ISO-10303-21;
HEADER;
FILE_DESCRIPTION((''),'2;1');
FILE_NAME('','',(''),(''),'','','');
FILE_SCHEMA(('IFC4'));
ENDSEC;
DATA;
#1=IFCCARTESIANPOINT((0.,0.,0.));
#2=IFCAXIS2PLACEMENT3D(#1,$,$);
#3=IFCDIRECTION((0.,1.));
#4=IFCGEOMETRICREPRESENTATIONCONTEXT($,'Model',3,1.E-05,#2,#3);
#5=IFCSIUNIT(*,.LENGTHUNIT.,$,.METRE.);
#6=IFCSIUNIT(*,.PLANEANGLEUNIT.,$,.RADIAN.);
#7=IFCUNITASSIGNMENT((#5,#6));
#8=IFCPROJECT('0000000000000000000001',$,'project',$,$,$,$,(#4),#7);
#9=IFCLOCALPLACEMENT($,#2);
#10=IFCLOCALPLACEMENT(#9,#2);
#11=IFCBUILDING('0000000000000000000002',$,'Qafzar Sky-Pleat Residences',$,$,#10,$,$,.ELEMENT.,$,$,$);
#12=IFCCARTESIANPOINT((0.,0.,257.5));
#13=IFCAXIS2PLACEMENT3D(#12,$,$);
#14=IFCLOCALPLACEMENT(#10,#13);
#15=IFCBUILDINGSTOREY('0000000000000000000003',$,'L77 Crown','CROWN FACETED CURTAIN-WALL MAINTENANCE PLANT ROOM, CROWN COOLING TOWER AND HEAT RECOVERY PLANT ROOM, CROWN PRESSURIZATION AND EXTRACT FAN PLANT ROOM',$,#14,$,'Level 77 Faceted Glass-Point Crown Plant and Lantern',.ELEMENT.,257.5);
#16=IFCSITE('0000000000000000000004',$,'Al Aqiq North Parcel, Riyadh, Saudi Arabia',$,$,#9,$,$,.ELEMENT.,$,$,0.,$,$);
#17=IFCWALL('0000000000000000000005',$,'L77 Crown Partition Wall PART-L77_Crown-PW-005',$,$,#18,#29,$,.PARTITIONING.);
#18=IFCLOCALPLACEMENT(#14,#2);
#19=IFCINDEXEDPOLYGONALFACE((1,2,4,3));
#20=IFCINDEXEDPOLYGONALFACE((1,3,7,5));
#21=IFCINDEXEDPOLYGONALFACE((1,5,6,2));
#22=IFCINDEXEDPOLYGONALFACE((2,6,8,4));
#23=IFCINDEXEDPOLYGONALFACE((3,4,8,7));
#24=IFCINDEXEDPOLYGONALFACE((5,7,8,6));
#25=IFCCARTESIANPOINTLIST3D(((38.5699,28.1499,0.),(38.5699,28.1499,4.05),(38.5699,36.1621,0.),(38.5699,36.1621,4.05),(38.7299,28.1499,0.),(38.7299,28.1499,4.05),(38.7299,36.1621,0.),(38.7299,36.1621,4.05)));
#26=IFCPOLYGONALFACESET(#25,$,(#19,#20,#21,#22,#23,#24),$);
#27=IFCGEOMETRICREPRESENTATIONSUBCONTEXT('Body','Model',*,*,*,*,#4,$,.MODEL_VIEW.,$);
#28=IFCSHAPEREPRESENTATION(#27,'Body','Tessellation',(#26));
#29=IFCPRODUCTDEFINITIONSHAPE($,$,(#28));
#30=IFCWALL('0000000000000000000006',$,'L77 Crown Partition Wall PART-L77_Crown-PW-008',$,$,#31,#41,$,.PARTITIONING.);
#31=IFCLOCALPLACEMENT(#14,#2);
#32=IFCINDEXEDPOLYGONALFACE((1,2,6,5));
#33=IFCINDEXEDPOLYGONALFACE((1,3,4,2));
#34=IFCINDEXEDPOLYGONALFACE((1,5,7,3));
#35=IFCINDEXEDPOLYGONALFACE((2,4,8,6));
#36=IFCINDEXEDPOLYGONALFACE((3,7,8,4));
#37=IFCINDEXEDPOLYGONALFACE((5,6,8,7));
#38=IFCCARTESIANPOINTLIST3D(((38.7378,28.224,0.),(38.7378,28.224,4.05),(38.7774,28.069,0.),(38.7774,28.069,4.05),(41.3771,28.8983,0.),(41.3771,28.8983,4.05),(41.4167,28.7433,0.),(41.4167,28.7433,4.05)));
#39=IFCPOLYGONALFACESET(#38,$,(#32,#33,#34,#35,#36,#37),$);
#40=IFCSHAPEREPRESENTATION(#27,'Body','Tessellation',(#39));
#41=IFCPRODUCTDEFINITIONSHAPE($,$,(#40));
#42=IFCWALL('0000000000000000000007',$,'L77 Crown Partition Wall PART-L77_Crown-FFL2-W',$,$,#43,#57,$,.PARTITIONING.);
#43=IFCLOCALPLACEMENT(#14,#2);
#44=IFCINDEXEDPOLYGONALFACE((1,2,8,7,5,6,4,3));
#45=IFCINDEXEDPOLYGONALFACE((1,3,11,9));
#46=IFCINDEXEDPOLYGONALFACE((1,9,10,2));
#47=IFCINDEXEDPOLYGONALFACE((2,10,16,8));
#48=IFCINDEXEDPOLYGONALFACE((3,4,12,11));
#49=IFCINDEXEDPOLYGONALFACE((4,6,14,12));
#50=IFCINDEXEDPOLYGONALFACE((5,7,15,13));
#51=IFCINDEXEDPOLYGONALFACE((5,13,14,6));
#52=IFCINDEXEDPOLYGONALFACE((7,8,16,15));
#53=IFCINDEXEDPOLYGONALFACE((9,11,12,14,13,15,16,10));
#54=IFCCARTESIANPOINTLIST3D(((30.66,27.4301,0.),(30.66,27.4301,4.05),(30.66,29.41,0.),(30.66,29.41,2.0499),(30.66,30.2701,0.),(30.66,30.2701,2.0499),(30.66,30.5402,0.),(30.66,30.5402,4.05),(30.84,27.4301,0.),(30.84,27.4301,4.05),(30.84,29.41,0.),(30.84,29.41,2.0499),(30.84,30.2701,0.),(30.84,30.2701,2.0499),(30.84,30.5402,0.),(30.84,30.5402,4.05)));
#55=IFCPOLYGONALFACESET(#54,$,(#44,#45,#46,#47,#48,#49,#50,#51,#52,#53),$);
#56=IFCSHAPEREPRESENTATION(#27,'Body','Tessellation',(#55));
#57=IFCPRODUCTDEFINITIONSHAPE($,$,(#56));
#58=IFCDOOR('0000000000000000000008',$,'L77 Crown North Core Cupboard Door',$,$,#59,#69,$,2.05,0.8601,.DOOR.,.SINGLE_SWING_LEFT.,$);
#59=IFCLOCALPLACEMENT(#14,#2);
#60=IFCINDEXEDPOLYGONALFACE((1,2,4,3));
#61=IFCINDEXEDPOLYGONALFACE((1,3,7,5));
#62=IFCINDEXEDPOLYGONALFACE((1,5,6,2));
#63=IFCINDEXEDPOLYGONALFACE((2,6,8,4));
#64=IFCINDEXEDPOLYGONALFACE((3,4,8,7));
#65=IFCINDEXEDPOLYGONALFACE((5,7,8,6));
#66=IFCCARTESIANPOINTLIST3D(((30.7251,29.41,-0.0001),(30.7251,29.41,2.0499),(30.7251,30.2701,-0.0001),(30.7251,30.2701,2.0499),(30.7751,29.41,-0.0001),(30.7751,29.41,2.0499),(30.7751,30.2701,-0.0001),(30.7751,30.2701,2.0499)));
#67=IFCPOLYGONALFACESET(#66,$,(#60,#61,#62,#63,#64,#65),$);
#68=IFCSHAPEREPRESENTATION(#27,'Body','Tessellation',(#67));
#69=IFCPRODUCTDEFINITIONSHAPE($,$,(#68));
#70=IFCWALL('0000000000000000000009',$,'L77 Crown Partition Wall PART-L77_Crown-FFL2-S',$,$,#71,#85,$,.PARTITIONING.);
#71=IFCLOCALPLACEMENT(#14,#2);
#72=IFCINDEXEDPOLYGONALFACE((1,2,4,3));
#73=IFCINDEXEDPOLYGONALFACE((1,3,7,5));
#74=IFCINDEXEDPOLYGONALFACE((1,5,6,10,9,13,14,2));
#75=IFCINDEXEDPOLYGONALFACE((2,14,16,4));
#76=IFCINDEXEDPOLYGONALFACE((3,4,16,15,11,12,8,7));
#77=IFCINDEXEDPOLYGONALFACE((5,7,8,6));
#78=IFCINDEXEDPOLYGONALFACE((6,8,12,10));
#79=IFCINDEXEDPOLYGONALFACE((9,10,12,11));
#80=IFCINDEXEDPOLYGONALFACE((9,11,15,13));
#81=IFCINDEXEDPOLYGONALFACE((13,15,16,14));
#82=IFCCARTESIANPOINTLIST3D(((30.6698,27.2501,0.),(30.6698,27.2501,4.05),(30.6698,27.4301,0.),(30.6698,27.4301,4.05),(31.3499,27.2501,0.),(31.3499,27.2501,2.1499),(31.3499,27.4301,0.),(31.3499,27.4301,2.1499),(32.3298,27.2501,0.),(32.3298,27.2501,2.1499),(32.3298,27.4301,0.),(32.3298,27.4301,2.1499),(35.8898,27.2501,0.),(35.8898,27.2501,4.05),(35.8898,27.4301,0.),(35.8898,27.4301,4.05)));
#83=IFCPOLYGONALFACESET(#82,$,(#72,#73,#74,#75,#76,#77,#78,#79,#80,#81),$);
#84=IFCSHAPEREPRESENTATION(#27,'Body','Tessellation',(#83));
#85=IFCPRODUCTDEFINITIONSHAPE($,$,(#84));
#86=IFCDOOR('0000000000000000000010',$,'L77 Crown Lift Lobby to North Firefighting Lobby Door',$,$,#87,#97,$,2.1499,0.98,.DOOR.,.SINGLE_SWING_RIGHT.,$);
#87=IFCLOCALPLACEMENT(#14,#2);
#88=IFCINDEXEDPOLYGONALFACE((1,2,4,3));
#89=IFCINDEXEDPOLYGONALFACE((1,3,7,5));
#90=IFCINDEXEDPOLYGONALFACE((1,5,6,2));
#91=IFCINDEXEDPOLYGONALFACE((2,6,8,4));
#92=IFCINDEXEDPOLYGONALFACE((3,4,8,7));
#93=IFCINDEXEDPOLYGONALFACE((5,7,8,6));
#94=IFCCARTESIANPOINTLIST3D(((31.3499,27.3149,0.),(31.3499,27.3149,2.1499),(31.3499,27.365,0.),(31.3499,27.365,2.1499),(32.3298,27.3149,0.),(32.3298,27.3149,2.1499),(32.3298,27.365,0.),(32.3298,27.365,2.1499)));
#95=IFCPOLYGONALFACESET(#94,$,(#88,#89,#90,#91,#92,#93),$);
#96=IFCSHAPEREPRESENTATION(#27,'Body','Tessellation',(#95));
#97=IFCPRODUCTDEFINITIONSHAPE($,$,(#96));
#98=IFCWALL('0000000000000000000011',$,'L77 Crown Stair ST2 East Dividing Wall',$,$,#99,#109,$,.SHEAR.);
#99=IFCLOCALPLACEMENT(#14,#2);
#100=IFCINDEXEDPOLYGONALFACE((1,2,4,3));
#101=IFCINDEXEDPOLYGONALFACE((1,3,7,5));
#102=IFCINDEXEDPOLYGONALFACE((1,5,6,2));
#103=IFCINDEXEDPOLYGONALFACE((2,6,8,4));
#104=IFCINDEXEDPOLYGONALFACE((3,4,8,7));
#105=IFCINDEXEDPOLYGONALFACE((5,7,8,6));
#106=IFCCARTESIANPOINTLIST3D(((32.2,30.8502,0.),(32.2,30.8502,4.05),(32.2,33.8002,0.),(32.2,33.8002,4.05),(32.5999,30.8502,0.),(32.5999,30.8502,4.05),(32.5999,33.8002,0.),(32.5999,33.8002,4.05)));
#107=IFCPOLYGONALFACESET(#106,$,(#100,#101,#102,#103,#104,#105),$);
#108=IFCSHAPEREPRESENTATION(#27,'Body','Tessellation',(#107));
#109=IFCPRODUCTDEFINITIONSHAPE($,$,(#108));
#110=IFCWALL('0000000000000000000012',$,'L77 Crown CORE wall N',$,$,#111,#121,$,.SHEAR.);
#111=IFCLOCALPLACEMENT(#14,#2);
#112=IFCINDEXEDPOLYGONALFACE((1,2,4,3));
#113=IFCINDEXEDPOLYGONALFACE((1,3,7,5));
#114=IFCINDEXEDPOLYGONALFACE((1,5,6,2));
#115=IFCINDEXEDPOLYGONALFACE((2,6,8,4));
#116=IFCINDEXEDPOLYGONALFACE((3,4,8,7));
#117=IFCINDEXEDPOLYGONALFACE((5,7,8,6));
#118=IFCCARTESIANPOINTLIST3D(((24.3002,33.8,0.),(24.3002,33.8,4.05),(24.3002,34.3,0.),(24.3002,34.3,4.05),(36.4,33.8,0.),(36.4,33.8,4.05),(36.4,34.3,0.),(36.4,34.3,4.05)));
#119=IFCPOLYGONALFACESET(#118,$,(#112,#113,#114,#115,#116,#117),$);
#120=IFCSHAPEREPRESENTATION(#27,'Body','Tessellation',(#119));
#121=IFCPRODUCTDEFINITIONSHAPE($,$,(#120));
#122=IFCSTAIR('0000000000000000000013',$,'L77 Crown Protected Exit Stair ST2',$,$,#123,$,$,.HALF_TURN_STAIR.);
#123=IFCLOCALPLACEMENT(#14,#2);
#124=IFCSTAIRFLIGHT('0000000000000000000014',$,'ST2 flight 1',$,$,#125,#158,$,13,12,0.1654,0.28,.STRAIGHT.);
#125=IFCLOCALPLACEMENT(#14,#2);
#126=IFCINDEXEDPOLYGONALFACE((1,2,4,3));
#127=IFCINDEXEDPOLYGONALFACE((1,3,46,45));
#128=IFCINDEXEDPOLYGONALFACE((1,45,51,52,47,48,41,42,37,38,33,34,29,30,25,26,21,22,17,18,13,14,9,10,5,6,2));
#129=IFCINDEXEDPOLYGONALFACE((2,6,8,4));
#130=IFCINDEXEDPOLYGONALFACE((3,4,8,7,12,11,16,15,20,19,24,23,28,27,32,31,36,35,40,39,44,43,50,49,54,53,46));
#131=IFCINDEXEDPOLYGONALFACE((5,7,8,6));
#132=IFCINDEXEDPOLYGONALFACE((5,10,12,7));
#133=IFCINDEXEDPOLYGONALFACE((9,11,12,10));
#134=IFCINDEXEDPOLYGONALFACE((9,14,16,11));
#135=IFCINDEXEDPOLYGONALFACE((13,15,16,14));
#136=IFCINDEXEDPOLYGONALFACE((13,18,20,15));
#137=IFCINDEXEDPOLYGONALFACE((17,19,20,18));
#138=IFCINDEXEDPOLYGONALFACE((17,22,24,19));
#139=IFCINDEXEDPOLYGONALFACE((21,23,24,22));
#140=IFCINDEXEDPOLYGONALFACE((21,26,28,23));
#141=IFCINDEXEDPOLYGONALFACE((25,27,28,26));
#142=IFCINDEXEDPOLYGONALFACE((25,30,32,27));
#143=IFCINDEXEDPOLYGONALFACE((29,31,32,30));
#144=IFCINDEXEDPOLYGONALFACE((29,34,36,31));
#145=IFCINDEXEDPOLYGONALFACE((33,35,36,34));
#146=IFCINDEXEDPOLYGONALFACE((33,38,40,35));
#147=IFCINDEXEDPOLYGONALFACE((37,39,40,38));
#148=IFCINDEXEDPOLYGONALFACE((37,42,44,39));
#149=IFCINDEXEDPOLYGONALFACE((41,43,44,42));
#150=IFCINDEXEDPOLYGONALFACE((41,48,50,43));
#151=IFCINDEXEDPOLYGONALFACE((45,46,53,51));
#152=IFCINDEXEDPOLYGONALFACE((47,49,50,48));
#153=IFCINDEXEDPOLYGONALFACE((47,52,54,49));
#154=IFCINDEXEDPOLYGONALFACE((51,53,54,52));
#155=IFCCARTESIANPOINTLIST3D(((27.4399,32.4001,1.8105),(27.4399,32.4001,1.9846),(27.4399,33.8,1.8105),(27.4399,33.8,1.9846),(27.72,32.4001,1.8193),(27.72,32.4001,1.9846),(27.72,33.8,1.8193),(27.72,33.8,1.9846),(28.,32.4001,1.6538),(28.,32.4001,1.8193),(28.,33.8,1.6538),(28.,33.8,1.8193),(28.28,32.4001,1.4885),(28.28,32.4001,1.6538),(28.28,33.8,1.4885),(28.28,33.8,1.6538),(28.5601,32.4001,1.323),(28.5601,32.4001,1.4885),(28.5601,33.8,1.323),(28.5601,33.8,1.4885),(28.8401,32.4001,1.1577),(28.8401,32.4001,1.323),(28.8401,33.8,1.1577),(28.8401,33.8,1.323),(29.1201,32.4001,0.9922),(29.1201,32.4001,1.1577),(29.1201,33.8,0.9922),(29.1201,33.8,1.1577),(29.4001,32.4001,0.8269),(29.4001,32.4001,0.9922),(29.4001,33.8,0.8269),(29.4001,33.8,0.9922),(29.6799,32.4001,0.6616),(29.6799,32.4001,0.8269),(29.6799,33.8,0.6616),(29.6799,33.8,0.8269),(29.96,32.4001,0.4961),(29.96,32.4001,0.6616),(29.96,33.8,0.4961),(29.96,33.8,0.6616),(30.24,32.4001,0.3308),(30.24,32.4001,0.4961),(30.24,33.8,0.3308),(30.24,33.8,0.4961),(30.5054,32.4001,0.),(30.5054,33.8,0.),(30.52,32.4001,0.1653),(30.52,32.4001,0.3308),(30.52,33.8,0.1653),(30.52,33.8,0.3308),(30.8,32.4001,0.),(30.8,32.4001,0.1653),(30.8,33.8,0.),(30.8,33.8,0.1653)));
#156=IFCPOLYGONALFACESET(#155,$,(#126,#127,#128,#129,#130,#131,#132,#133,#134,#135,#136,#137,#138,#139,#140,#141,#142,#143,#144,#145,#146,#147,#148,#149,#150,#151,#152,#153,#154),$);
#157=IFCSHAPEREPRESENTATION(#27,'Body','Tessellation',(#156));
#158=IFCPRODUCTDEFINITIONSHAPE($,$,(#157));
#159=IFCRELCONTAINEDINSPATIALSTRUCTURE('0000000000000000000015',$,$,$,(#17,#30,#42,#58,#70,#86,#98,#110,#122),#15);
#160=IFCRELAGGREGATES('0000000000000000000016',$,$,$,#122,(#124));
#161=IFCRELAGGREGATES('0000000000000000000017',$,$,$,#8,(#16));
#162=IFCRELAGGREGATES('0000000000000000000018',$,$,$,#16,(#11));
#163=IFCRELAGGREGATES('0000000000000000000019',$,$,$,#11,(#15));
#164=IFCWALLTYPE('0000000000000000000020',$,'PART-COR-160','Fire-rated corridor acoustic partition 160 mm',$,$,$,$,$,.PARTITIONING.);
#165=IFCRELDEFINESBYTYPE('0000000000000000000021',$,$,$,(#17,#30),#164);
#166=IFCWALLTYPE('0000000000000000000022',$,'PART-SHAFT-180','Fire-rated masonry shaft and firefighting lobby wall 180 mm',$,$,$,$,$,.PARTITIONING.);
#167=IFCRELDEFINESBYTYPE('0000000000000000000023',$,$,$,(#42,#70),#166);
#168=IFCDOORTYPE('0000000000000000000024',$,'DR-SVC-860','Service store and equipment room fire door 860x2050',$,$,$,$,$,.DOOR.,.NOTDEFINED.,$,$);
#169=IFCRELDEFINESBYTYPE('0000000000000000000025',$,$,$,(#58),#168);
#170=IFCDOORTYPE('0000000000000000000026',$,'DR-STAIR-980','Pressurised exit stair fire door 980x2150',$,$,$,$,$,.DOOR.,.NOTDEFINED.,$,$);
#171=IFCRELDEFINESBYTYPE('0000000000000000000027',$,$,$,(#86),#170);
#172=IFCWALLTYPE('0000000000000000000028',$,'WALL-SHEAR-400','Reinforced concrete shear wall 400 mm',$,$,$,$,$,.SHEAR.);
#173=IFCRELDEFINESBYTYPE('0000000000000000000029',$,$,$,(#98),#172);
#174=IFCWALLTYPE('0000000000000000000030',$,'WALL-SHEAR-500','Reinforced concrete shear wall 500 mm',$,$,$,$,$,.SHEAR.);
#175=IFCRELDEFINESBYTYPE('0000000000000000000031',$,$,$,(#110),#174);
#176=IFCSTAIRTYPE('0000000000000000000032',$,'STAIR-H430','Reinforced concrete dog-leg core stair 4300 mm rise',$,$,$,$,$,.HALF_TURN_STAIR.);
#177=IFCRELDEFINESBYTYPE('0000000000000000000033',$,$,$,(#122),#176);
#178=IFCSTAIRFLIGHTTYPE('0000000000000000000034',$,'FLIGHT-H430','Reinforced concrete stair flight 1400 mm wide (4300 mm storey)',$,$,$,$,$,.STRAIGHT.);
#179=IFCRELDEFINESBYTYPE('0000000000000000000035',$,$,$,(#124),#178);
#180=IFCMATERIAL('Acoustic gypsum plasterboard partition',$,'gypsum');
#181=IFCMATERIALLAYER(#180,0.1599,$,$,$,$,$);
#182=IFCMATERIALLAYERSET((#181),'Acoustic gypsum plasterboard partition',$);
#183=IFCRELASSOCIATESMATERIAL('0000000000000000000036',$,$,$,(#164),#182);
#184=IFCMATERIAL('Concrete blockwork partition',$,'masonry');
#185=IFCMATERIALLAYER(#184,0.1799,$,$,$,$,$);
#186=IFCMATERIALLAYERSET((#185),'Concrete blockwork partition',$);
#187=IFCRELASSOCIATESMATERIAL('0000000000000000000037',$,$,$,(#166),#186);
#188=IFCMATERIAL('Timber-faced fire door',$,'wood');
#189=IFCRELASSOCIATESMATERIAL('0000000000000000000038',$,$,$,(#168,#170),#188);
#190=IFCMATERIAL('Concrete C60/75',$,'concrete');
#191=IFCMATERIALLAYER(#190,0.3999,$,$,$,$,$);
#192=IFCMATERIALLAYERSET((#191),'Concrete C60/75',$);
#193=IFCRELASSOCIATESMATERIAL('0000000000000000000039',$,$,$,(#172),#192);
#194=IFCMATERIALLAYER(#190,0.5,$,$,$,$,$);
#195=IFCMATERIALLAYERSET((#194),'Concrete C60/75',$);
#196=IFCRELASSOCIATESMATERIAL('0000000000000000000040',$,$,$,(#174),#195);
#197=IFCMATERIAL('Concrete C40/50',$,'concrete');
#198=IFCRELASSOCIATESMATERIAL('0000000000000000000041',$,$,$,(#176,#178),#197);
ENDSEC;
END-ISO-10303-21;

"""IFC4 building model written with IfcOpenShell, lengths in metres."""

from ifc_helpers import new_model, si_unit, direction, frame, frame_2d, origin, place, context, subcontext, project, spatial, polyline, rectangle, outline, extrude, source, transform, mapped, material, layer, layer_set, type_object, element, fill, aggregate, save


model = new_model("IFC4")

# Units and contexts
model_context = context("Model", 3, precision=1e-05, world=origin(), true_north=direction((0.0, 1.0)))
body_context = subcontext(model_context, "Body", "Model", "MODEL_VIEW")
ifc_project = project(units=[si_unit("LENGTHUNIT", "METRE"), si_unit("PLANEANGLEUNIT", "RADIAN")], contexts=[model_context])

# Site, building, storey
site_placement = place(None, origin())
site = spatial("IfcSite", under=ifc_project, at=site_placement, Name="Al Aqiq North Parcel, Riyadh, Saudi Arabia", CompositionType="ELEMENT", RefElevation=0.0)
building_placement = place(site_placement, origin())
building = spatial("IfcBuilding", under=site, at=building_placement, Name="Qafzar Sky-Pleat Residences", CompositionType="ELEMENT")
storey_placement = place(building_placement, frame((0.0, 0.0, 257.5)))
storey = spatial("IfcBuildingStorey", under=building, at=storey_placement, Name="L77 Crown", Description="CROWN FACETED CURTAIN-WALL MAINTENANCE PLANT ROOM, CROWN COOLING TOWER AND HEAT RECOVERY PLANT ROOM, CROWN PRESSURIZATION AND EXTRACT FAN PLANT ROOM", LongName="Level 77 Faceted Glass-Point Crown Plant and Lantern", CompositionType="ELEMENT", Elevation=257.5)

# Shared definitions
ifc_material_1 = material(Name="Acoustic gypsum plasterboard partition", Category="gypsum")
ifc_layer_1 = layer(ifc_material_1, 0.1599)
ifc_layer_set_1 = layer_set([ifc_layer_1], Name="Acoustic gypsum plasterboard partition")
wall_type_1 = type_object("IfcWallType", Name="PART-COR-160", Description="Fire-rated corridor acoustic partition 160 mm", PredefinedType="PARTITIONING", material=ifc_layer_set_1)
ifc_material_2 = material(Name="Timber-faced fire door", Category="wood")

# Walls
wall_1_placement = place(storey_placement, frame((38.6499, 28.1499, 0.0), z_axis=(0.0, 0.0, 1.0), x_axis=(0.0, 1.0, 0.0)))
element("IfcWall", 1, at=wall_1_placement, inside=storey, type_object=wall_type_1, Name="L77 Crown Partition Wall PART-L77_Crown-PW-005", PredefinedType="PARTITIONING", context=body_context, shape_type="SweptSolid", body=[
    extrude(rectangle(XDim=8.0122, YDim=0.1599, at=frame_2d((4.0061, 0.0))), origin(), (0.0, 0.0, 1.0), 4.05),
])
wall_2_placement = place(storey_placement, frame((38.7576, 28.1465, 0.0), z_axis=(0.0, 0.0, 1.0), x_axis=(0.96888, 0.24753, 0.0)))
element("IfcWall", 2, at=wall_2_placement, inside=storey, type_object=wall_type_1, Name="L77 Crown Partition Wall PART-L77_Crown-PW-008", PredefinedType="PARTITIONING", context=body_context, shape_type="SweptSolid", body=[
    extrude(rectangle(XDim=2.7241, YDim=0.1599, at=frame_2d((1.3621, 0.0))), origin(), (0.0, 0.0, 1.0), 4.05),
])

# Walls, openings, doors
ifc_material_3 = material(Name="Concrete blockwork partition", Category="masonry")
ifc_layer_2 = layer(ifc_material_3, 0.1799)
ifc_layer_set_2 = layer_set([ifc_layer_2], Name="Concrete blockwork partition")
wall_type_2 = type_object("IfcWallType", Name="PART-SHAFT-180", Description="Fire-rated masonry shaft and firefighting lobby wall 180 mm", PredefinedType="PARTITIONING", material=ifc_layer_set_2)
wall_3_placement = place(storey_placement, frame((30.75, 27.4299, 0.0), z_axis=(0.0, 0.0, 1.0), x_axis=(0.0, 1.0, 0.0)))
wall_3 = element("IfcWall", 3, at=wall_3_placement, inside=storey, type_object=wall_type_2, Name="L77 Crown Partition Wall PART-L77_Crown-FFL2-W", PredefinedType="PARTITIONING", context=body_context, shape_type="SweptSolid", body=[
    extrude(rectangle(XDim=3.1101, YDim=0.1799, at=frame_2d((1.5552, 0.0))), origin(), (0.0, 0.0, 1.0), 4.05),
])
opening_1_placement = place(wall_3_placement, frame((1.98, 0.0, 0.0)))
opening_1 = element("IfcOpeningElement", 4, at=opening_1_placement, cuts=wall_3, PredefinedType="OPENING", context=body_context, shape_type="SweptSolid", body=[
    extrude(rectangle(XDim=0.8601, YDim=2.05, at=frame_2d((0.4302, 1.0249))), frame((0.0, 0.1001, 0.0), z_axis=(0.0, -1.0, 0.0), x_axis=(1.0, 0.0, 0.0)), (0.0, 0.0, 1.0), 0.2),
])
door_type_1 = type_object("IfcDoorType", Name="DR-SVC-860", Description="Service store and equipment room fire door 860x2050", OperationType="NOTDEFINED", PredefinedType="DOOR", material=ifc_material_2)
shared_shape_1 = source(origin(), body_context, "Body", "SweptSolid", [
    extrude(rectangle(XDim=0.8601, YDim=2.05, at=frame_2d((0.4302, 1.0249))), frame((0.0, 0.0249, 0.0), z_axis=(0.0, -1.0, 0.0), x_axis=(1.0, 0.0, 0.0)), (0.0, 0.0, 1.0), 0.05),
])
door_1_placement = place(opening_1_placement, origin())
door_1 = element("IfcDoor", 5, at=door_1_placement, inside=storey, type_object=door_type_1, Name="L77 Crown North Core Cupboard Door", OperationType="SINGLE_SWING_LEFT", OverallHeight=2.05, OverallWidth=0.8601, PredefinedType="DOOR", context=body_context, shape_type="MappedRepresentation", body=[
    mapped(shared_shape_1, transform((0.0, 0.0, 0.0), x_axis=(1.0, 0.0, 0.0), y_axis=(0.0, 1.0, 0.0), z_axis=(0.0, 0.0, 1.0), scale=1.0)),
])
fill(opening_1, door_1)
wall_4_placement = place(storey_placement, frame((30.6699, 27.3401, 0.0), z_axis=(0.0, 0.0, 1.0), x_axis=(1.0, 0.0, 0.0)))
wall_4 = element("IfcWall", 6, at=wall_4_placement, inside=storey, type_object=wall_type_2, Name="L77 Crown Partition Wall PART-L77_Crown-FFL2-S", PredefinedType="PARTITIONING", context=body_context, shape_type="SweptSolid", body=[
    extrude(rectangle(XDim=5.22, YDim=0.1799, at=frame_2d((2.6099, 0.0))), origin(), (0.0, 0.0, 1.0), 4.05),
])
opening_2_placement = place(wall_4_placement, frame((0.6799, 0.0, 0.0)))
opening_2 = element("IfcOpeningElement", 7, at=opening_2_placement, cuts=wall_4, PredefinedType="OPENING", context=body_context, shape_type="SweptSolid", body=[
    extrude(rectangle(XDim=0.98, YDim=2.1499, at=frame_2d((0.49, 1.075))), frame((0.0, 0.1001, 0.0), z_axis=(0.0, -1.0, 0.0), x_axis=(1.0, 0.0, 0.0)), (0.0, 0.0, 1.0), 0.2),
])
door_type_2 = type_object("IfcDoorType", Name="DR-STAIR-980", Description="Pressurised exit stair fire door 980x2150", OperationType="NOTDEFINED", PredefinedType="DOOR", material=ifc_material_2)
shared_shape_2 = source(origin(), body_context, "Body", "SweptSolid", [
    extrude(rectangle(XDim=0.98, YDim=2.1499, at=frame_2d((0.49, 1.075))), frame((0.0, 0.0249, 0.0), z_axis=(0.0, -1.0, 0.0), x_axis=(1.0, 0.0, 0.0)), (0.0, 0.0, 1.0), 0.05),
])
door_2_placement = place(opening_2_placement, origin())
door_2 = element("IfcDoor", 8, at=door_2_placement, inside=storey, type_object=door_type_2, Name="L77 Crown Lift Lobby to North Firefighting Lobby Door", OperationType="SINGLE_SWING_RIGHT", OverallHeight=2.1499, OverallWidth=0.98, PredefinedType="DOOR", context=body_context, shape_type="MappedRepresentation", body=[
    mapped(shared_shape_2, transform((0.0, 0.0, 0.0), x_axis=(1.0, 0.0, 0.0), y_axis=(0.0, 1.0, 0.0), z_axis=(0.0, 0.0, 1.0), scale=1.0)),
])
fill(opening_2, door_2)

# Walls
ifc_material_4 = material(Name="Concrete C60/75", Category="concrete")
ifc_layer_3 = layer(ifc_material_4, 0.3999)
ifc_layer_set_3 = layer_set([ifc_layer_3], Name="Concrete C60/75")
wall_type_3 = type_object("IfcWallType", Name="WALL-SHEAR-400", Description="Reinforced concrete shear wall 400 mm", PredefinedType="SHEAR", material=ifc_layer_set_3)
wall_5_placement = place(storey_placement, frame((32.3999, 30.8501, 0.0), z_axis=(0.0, 0.0, 1.0), x_axis=(0.0, 1.0, 0.0)))
element("IfcWall", 9, at=wall_5_placement, inside=storey, type_object=wall_type_3, Name="L77 Crown Stair ST2 East Dividing Wall", PredefinedType="SHEAR", context=body_context, shape_type="SweptSolid", body=[
    extrude(rectangle(XDim=2.95, YDim=0.3999, at=frame_2d((1.4751, 0.0))), origin(), (0.0, 0.0, 1.0), 4.05),
])
ifc_layer_4 = layer(ifc_material_4, 0.5)
ifc_layer_set_4 = layer_set([ifc_layer_4], Name="Concrete C60/75")
wall_type_4 = type_object("IfcWallType", Name="WALL-SHEAR-500", Description="Reinforced concrete shear wall 500 mm", PredefinedType="SHEAR", material=ifc_layer_set_4)
wall_6_placement = place(storey_placement, frame((36.3999, 34.05, 0.0), z_axis=(0.0, 0.0, 1.0), x_axis=(-1.0, 0.0, 0.0)))
element("IfcWall", 10, at=wall_6_placement, inside=storey, type_object=wall_type_4, Name="L77 Crown CORE wall N", PredefinedType="SHEAR", context=body_context, shape_type="SweptSolid", body=[
    extrude(rectangle(XDim=12.0999, YDim=0.5, at=frame_2d((6.0498, 0.0))), origin(), (0.0, 0.0, 1.0), 4.05),
])

# Stair, stair flight
ifc_material_5 = material(Name="Concrete C40/50", Category="concrete")
stair_type = type_object("IfcStairType", Name="STAIR-H430", Description="Reinforced concrete dog-leg core stair 4300 mm rise", PredefinedType="HALF_TURN_STAIR", material=ifc_material_5)
stair_placement = place(storey_placement, origin())
stair = element("IfcStair", 11, at=stair_placement, inside=storey, type_object=stair_type, Name="L77 Crown Protected Exit Stair ST2", PredefinedType="HALF_TURN_STAIR")
stair_flight_type = type_object("IfcStairFlightType", Name="FLIGHT-H430", Description="Reinforced concrete stair flight 1400 mm wide (4300 mm storey)", PredefinedType="STRAIGHT", material=ifc_material_5)
shared_shape_3 = source(origin(), body_context, "Body", "SweptSolid", [
    extrude(outline(polyline([(0.0, 0.0), (0.0, 0.1653), (0.28, 0.1653), (0.28, 0.3308), (0.5601, 0.3308), (0.5601, 0.4961), (0.8401, 0.4961), (0.8401, 0.6616), (1.1201, 0.6616), (1.1201, 0.8269), (1.3999, 0.8269), (1.3999, 0.9922), (1.6799, 0.9922), (1.6799, 1.1577), (1.96, 1.1577), (1.96, 1.323), (2.24, 1.323), (2.24, 1.4885), (2.52, 1.4885), (2.52, 1.6538), (2.8, 1.6538), (2.8, 1.8193), (3.0801, 1.8193), (3.0801, 1.9846), (3.3601, 1.9846), (3.3601, 2.1499), (3.3601, 1.8105), (0.2947, 0.0), (0.0, 0.0)])), frame((0.0, 0.7, 0.0), z_axis=(0.0, -1.0, 0.0), x_axis=(1.0, 0.0, 0.0)), (0.0, 0.0, 1.0), 1.3999),
])
stair_flight_placement = place(storey_placement, frame((30.8, 33.1001, 0.0), z_axis=(0.0, 0.0, 1.0), x_axis=(-1.0, 0.0, 0.0)))
stair_flight = element("IfcStairFlight", 12, at=stair_flight_placement, type_object=stair_flight_type, Name="ST2 flight 1", NumberOfRisers=13, NumberOfTreads=12, PredefinedType="STRAIGHT", RiserHeight=0.1654, TreadLength=0.28, context=body_context, shape_type="MappedRepresentation", body=[
    mapped(shared_shape_3, transform((0.0, 0.0, 0.0), x_axis=(1.0, 0.0, 0.0), y_axis=(0.0, 1.0, 0.0), z_axis=(0.0, 0.0, 1.0), scale=1.0)),
])
aggregate(stair, [stair_flight])

save(model, "model.ifc")
